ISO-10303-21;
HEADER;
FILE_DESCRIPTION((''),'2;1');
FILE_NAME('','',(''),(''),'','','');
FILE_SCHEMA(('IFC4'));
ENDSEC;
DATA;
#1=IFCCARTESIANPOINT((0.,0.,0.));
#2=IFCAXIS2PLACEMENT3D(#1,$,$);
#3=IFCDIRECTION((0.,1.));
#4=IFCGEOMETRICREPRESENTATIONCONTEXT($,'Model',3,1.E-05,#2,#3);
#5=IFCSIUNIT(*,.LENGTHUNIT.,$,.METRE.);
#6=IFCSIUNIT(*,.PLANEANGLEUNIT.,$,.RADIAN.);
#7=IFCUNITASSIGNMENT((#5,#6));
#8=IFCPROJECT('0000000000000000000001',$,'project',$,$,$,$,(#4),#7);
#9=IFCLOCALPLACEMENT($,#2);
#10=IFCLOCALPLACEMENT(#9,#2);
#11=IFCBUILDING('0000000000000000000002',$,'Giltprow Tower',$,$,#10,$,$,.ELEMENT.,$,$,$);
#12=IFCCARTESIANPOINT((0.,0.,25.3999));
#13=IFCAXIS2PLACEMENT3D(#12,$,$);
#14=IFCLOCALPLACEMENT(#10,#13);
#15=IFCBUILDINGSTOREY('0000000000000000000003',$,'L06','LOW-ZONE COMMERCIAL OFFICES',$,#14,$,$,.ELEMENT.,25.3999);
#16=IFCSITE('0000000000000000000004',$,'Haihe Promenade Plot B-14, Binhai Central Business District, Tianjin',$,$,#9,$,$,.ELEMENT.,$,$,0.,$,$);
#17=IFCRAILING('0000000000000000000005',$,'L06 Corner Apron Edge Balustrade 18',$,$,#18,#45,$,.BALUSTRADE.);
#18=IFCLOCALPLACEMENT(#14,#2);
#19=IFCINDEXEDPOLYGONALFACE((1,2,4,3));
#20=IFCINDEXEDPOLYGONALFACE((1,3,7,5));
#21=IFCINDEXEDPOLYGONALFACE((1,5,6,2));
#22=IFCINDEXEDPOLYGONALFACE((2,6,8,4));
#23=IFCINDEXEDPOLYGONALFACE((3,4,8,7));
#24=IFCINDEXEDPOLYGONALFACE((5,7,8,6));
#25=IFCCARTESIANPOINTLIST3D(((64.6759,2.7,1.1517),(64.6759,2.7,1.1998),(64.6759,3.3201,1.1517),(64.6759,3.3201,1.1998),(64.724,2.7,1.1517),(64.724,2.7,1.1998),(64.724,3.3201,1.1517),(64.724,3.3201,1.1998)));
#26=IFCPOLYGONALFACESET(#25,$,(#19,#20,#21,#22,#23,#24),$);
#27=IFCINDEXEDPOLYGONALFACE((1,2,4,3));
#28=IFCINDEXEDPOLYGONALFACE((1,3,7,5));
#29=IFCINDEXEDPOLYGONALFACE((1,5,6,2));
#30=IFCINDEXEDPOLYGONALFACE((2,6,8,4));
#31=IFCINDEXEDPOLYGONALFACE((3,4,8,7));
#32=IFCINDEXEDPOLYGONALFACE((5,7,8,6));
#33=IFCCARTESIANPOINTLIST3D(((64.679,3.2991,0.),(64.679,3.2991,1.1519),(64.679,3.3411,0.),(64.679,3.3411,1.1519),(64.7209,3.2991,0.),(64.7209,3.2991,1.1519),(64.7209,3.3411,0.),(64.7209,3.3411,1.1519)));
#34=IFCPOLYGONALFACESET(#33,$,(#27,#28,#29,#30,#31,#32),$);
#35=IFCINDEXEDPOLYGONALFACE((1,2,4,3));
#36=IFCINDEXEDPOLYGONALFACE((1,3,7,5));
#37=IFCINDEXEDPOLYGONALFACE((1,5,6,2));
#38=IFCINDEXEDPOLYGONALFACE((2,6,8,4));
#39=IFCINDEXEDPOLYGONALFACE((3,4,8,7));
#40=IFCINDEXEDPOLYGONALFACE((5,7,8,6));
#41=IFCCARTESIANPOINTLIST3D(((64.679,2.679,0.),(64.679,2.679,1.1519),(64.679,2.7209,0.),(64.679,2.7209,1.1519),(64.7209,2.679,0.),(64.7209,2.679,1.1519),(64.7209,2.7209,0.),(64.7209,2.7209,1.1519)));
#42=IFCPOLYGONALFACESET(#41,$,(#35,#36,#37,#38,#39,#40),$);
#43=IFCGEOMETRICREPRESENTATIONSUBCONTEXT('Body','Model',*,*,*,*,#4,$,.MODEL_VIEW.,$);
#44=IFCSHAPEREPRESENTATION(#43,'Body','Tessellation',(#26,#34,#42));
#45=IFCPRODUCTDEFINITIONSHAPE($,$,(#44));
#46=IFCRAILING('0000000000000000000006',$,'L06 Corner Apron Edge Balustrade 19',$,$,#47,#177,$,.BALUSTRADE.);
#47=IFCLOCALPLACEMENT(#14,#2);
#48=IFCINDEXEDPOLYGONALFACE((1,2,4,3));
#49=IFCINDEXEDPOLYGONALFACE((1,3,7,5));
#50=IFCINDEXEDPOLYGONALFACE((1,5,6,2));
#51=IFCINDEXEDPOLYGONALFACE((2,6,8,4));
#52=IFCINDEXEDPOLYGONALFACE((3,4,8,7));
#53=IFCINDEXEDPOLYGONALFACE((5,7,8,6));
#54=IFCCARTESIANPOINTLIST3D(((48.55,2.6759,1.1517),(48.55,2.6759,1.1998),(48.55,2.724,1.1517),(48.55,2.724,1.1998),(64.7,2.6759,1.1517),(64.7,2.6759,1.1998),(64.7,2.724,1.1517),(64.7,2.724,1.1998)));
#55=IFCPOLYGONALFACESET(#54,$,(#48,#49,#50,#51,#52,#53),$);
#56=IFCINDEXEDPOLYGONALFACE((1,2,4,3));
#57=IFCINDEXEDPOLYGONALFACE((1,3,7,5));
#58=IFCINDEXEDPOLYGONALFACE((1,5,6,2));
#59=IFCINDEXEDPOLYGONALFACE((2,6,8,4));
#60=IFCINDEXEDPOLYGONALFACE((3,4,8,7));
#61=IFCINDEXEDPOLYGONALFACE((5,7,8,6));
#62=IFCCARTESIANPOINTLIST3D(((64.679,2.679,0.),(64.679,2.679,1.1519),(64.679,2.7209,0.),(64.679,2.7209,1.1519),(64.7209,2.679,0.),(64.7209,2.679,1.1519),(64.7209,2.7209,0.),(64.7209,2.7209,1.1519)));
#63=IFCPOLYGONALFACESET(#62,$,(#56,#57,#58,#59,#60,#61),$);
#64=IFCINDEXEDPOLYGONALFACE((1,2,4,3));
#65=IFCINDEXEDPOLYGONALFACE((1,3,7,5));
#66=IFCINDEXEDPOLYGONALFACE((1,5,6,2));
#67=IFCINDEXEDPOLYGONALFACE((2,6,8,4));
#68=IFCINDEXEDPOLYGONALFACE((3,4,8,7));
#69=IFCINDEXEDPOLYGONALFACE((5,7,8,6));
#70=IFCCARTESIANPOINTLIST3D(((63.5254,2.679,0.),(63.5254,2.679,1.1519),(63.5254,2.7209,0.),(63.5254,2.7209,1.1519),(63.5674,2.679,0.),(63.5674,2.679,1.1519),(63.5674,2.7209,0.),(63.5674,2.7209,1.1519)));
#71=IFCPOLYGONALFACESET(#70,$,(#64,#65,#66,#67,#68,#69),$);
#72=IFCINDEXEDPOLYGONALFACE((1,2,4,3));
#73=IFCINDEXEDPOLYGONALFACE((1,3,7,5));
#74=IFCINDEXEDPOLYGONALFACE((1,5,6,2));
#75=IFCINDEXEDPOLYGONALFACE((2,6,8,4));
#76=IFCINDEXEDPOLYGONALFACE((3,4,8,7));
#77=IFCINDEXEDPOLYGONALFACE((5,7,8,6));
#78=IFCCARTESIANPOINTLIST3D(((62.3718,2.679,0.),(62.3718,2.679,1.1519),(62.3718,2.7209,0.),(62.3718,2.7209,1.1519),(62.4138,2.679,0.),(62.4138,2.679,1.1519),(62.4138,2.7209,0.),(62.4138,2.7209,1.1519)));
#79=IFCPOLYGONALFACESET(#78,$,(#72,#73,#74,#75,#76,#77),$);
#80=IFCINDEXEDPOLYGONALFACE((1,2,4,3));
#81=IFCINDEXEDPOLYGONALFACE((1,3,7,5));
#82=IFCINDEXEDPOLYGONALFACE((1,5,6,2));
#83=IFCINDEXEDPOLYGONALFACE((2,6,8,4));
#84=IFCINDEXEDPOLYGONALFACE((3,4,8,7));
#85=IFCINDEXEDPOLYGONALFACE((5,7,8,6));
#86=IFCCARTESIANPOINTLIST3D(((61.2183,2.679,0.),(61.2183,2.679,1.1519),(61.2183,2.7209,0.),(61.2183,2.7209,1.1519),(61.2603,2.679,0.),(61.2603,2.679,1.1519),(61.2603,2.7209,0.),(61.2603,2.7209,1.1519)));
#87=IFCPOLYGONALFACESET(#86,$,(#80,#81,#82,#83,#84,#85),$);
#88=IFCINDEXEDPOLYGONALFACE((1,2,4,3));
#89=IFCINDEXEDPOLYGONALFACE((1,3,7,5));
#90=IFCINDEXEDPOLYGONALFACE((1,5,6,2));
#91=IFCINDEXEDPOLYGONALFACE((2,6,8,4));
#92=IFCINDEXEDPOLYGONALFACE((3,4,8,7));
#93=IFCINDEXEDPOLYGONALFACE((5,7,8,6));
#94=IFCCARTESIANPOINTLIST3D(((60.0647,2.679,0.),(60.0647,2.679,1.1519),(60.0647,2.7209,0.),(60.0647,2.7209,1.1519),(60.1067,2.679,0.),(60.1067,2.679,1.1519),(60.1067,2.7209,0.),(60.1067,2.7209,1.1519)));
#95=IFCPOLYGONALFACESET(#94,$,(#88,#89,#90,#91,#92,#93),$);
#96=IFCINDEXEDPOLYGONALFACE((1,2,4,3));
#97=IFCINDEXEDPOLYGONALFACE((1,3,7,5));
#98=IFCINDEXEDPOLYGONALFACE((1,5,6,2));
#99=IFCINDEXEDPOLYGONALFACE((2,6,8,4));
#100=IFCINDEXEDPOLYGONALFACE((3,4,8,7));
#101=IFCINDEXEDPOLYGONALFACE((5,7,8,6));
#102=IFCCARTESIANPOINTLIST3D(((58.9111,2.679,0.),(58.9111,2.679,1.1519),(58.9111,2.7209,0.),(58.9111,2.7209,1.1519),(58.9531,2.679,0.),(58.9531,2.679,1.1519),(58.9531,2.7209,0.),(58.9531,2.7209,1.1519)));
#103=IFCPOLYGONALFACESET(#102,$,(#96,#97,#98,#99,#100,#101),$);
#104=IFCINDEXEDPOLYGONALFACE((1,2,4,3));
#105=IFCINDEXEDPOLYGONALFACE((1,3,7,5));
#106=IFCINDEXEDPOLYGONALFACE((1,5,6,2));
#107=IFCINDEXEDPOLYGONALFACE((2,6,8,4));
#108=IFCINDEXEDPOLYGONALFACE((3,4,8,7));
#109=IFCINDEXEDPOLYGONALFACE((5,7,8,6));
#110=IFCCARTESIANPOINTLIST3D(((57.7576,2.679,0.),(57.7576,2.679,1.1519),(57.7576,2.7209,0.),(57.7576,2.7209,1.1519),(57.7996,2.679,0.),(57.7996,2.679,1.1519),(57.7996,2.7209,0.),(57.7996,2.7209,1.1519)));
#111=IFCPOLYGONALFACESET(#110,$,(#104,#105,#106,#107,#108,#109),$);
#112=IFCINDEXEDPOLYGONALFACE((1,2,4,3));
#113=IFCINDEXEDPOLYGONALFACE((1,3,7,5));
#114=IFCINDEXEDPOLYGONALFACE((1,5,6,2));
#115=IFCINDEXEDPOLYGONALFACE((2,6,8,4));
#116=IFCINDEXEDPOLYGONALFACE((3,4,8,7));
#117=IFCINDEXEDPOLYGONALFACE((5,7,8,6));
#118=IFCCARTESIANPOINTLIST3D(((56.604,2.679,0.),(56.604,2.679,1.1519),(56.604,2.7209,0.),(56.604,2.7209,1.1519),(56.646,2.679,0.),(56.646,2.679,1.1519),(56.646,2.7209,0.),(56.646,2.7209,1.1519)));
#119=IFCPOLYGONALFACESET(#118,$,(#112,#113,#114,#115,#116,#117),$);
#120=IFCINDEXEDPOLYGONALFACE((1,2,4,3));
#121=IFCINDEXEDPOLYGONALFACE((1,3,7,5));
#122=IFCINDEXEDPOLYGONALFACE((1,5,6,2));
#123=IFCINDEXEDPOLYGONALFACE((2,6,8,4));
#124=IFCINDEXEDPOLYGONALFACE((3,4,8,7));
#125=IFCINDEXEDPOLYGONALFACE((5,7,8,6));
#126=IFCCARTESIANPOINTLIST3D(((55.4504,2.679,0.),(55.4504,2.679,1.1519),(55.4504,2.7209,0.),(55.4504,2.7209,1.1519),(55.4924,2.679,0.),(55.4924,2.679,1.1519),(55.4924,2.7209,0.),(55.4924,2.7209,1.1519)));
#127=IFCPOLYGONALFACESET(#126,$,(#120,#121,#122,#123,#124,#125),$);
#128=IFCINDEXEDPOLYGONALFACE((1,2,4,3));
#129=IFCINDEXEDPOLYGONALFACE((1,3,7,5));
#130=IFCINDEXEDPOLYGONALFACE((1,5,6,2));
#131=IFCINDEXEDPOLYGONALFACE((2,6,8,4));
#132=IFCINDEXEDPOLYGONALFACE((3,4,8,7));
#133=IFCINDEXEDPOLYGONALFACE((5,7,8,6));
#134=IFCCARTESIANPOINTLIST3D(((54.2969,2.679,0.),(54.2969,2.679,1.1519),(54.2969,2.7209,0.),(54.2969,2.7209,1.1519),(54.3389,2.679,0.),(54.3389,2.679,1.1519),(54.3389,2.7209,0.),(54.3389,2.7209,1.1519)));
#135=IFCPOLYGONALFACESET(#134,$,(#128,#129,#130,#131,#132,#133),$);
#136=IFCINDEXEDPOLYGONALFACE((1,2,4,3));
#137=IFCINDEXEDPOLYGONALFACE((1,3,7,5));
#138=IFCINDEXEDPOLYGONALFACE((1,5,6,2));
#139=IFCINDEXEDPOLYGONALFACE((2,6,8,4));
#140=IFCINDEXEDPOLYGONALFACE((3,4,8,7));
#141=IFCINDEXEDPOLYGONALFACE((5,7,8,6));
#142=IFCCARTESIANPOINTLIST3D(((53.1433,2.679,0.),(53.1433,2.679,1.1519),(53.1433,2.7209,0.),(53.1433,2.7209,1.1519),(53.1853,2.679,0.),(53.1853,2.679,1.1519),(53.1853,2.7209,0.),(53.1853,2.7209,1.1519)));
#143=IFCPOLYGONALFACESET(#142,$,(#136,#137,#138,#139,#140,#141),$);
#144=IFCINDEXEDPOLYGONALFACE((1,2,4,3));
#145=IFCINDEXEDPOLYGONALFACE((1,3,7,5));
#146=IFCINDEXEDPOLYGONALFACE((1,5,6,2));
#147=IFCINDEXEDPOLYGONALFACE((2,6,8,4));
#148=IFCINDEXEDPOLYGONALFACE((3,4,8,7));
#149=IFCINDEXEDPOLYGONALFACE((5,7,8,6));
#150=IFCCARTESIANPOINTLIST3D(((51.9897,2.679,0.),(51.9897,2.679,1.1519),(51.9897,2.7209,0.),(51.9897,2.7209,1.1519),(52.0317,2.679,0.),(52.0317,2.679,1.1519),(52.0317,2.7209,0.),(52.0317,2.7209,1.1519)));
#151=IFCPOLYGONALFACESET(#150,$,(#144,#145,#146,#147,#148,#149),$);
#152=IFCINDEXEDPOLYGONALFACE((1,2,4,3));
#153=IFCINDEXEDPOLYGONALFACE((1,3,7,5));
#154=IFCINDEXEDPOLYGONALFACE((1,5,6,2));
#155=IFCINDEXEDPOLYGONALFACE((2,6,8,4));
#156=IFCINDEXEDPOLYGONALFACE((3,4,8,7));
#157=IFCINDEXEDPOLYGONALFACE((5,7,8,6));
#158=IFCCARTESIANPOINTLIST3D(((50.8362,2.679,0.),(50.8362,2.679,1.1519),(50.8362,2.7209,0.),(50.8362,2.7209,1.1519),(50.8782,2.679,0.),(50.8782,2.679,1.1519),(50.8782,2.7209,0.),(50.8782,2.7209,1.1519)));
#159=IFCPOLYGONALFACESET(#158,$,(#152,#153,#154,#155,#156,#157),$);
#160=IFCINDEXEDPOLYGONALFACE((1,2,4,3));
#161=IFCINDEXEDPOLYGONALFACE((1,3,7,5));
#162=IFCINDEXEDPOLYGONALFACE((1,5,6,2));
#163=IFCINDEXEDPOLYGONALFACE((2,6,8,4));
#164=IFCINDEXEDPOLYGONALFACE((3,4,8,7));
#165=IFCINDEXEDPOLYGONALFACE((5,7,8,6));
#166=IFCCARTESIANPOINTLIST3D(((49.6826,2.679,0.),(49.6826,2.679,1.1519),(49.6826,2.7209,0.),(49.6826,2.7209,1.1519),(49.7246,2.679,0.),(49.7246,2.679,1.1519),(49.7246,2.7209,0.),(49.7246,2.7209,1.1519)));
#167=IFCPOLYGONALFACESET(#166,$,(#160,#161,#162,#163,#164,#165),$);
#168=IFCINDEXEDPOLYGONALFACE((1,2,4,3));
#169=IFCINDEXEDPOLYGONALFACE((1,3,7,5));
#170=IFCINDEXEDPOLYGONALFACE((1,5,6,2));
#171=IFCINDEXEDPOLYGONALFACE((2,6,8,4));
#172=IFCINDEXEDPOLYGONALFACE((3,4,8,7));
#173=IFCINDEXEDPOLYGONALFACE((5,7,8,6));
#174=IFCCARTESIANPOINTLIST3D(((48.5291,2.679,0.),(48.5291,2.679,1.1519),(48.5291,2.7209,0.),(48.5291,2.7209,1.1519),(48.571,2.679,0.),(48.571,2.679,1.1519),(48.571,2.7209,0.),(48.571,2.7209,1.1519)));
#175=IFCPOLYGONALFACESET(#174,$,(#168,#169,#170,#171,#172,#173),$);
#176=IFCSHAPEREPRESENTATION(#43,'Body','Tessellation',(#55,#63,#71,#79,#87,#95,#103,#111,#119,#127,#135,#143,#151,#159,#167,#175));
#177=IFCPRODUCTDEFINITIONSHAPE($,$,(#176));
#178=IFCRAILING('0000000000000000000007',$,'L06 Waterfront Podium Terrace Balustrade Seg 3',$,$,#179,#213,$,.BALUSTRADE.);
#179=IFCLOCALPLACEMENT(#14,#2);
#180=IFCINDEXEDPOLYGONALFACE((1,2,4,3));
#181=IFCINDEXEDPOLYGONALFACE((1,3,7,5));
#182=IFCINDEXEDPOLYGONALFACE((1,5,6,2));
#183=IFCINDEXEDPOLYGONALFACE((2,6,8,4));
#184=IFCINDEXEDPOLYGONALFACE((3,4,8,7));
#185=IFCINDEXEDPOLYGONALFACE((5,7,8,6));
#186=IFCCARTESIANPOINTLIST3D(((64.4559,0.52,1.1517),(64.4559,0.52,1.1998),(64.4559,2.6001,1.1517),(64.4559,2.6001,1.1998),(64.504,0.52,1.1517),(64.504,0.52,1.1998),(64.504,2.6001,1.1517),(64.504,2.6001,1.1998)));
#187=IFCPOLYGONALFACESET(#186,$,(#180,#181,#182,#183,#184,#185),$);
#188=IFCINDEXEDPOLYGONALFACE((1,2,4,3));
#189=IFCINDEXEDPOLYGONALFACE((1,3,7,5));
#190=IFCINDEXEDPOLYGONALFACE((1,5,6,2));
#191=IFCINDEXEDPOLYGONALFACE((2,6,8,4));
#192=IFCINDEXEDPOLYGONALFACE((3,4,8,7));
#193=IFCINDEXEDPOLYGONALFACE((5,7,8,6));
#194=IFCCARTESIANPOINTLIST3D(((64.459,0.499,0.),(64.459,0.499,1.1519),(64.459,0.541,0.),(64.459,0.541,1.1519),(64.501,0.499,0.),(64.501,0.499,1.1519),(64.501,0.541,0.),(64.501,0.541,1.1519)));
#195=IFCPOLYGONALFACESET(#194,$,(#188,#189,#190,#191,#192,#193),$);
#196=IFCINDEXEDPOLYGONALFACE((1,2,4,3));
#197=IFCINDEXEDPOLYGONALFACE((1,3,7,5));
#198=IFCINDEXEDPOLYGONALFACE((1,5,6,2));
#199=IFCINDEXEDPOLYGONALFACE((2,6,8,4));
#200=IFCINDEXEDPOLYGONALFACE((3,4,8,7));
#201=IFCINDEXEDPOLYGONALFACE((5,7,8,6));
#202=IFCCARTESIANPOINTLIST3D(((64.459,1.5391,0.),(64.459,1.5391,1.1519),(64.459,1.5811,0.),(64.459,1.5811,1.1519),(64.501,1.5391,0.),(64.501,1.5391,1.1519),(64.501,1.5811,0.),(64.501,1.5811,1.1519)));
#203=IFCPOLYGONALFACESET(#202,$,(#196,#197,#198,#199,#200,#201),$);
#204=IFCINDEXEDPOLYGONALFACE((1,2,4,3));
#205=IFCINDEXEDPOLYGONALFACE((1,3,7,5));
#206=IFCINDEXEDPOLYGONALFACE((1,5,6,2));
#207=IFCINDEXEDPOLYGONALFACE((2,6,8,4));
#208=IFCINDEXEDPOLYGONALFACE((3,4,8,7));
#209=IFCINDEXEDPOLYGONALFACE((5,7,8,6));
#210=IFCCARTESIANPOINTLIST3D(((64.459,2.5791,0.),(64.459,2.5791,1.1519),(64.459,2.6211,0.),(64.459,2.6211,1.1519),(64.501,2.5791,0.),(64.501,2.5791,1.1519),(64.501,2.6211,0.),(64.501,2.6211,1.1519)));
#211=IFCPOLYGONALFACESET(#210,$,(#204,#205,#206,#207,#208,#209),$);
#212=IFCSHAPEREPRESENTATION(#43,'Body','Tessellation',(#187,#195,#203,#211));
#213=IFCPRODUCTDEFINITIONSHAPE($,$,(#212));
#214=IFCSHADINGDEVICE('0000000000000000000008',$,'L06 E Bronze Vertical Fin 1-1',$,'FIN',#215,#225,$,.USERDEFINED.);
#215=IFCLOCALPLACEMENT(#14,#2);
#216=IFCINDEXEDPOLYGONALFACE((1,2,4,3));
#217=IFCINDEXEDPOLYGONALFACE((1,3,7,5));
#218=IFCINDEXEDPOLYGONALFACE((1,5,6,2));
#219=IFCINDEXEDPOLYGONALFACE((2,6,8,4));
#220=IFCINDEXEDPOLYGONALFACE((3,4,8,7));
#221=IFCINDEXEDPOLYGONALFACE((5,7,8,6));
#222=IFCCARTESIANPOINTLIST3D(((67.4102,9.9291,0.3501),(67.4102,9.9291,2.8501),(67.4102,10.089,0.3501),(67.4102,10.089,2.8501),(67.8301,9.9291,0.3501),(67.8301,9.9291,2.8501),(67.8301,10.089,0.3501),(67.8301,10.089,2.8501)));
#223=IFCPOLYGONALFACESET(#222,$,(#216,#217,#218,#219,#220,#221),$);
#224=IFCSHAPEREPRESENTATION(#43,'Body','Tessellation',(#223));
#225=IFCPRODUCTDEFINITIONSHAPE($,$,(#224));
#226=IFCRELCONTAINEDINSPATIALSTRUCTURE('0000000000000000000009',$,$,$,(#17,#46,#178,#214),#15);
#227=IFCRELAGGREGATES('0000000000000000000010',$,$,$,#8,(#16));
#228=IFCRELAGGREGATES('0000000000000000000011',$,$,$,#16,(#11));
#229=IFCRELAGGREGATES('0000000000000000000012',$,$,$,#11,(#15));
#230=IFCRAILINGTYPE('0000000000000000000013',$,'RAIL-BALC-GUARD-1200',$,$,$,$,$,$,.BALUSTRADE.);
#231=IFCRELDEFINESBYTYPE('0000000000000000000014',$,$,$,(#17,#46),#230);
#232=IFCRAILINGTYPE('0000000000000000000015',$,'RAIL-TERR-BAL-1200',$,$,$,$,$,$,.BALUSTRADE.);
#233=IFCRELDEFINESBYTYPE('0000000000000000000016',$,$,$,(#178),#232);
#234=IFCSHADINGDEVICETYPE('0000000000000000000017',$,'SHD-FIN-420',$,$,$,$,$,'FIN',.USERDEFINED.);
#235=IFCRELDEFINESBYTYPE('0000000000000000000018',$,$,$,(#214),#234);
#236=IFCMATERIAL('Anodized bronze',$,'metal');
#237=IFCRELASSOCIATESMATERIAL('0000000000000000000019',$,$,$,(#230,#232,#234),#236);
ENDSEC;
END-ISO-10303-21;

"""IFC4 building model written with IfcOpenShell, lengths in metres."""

from ifc_helpers import new_model, si_unit, direction, frame, origin, origin_2d, place, context, subcontext, project, spatial, rectangle, extrude, source, transform, mapped, material, type_object, element, save


model = new_model("IFC4")

# Units and contexts
model_context = context("Model", 3, precision=1e-05, world=origin(), true_north=direction((0.0, 1.0)))
body_context = subcontext(model_context, "Body", "Model", "MODEL_VIEW")
ifc_project = project(units=[si_unit("LENGTHUNIT", "METRE"), si_unit("PLANEANGLEUNIT", "RADIAN")], contexts=[model_context])

# Site, building, storey
site_placement = place(None, origin())
site = spatial("IfcSite", under=ifc_project, at=site_placement, Name="Haihe Promenade Plot B-14, Binhai Central Business District, Tianjin", CompositionType="ELEMENT", RefElevation=0.0)
building_placement = place(site_placement, origin())
building = spatial("IfcBuilding", under=site, at=building_placement, Name="Giltprow Tower", CompositionType="ELEMENT")
storey_placement = place(building_placement, frame((0.0, 0.0, 25.3999)))
storey = spatial("IfcBuildingStorey", under=building, at=storey_placement, Name="L06", Description="LOW-ZONE COMMERCIAL OFFICES", CompositionType="ELEMENT", Elevation=25.3999)

# Shared definitions
ifc_material_1 = material(Name="Anodized bronze", Category="metal")

# Railings
railing_type_1 = type_object("IfcRailingType", Name="RAIL-BALC-GUARD-1200", PredefinedType="BALUSTRADE", material=ifc_material_1)
railing_1_placement = place(storey_placement, frame((64.7, 3.3201, 0.0)))
element("IfcRailing", 1, at=railing_1_placement, inside=storey, type_object=railing_type_1, Name="L06 Corner Apron Edge Balustrade 18", PredefinedType="BALUSTRADE", context=body_context, shape_type="SweptSolid", body=[
    extrude(rectangle(XDim=0.0481, YDim=0.0481, at=origin_2d()), frame((0.0, 0.0, 1.1758), z_axis=(0.0, -1.0, 0.0), x_axis=(1.0, 0.0, 0.0)), (0.0, 0.0, 1.0), 0.6201),
    extrude(rectangle(XDim=0.042, YDim=0.042, at=origin_2d()), origin(), (0.0, 0.0, 1.0), 1.1519),
    extrude(rectangle(XDim=0.042, YDim=0.042, at=origin_2d()), frame((0.0, -0.6201, 0.0)), (0.0, 0.0, 1.0), 1.1519),
])
railing_2_placement = place(storey_placement, frame((64.7, 2.7, 0.0)))
element("IfcRailing", 2, at=railing_2_placement, inside=storey, type_object=railing_type_1, Name="L06 Corner Apron Edge Balustrade 19", PredefinedType="BALUSTRADE", context=body_context, shape_type="SweptSolid", body=[
    extrude(rectangle(XDim=0.0481, YDim=0.0481, at=origin_2d()), frame((0.0, 0.0, 1.1758), z_axis=(-1.0, 0.0, 0.0), x_axis=(0.0, -1.0, 0.0)), (0.0, 0.0, 1.0), 16.1499),
    extrude(rectangle(XDim=0.042, YDim=0.042, at=origin_2d()), origin(), (0.0, 0.0, 1.0), 1.1519),
    extrude(rectangle(XDim=0.042, YDim=0.042, at=origin_2d()), frame((-1.1536, 0.0, 0.0)), (0.0, 0.0, 1.0), 1.1519),
    extrude(rectangle(XDim=0.042, YDim=0.042, at=origin_2d()), frame((-2.3071, 0.0, 0.0)), (0.0, 0.0, 1.0), 1.1519),
    extrude(rectangle(XDim=0.042, YDim=0.042, at=origin_2d()), frame((-3.4607, 0.0, 0.0)), (0.0, 0.0, 1.0), 1.1519),
    extrude(rectangle(XDim=0.042, YDim=0.042, at=origin_2d()), frame((-4.6143, 0.0, 0.0)), (0.0, 0.0, 1.0), 1.1519),
    extrude(rectangle(XDim=0.042, YDim=0.042, at=origin_2d()), frame((-5.7678, 0.0, 0.0)), (0.0, 0.0, 1.0), 1.1519),
    extrude(rectangle(XDim=0.042, YDim=0.042, at=origin_2d()), frame((-6.9214, 0.0, 0.0)), (0.0, 0.0, 1.0), 1.1519),
    extrude(rectangle(XDim=0.042, YDim=0.042, at=origin_2d()), frame((-8.075, 0.0, 0.0)), (0.0, 0.0, 1.0), 1.1519),
    extrude(rectangle(XDim=0.042, YDim=0.042, at=origin_2d()), frame((-9.2285, 0.0, 0.0)), (0.0, 0.0, 1.0), 1.1519),
    extrude(rectangle(XDim=0.042, YDim=0.042, at=origin_2d()), frame((-10.3821, 0.0, 0.0)), (0.0, 0.0, 1.0), 1.1519),
    extrude(rectangle(XDim=0.042, YDim=0.042, at=origin_2d()), frame((-11.5356, 0.0, 0.0)), (0.0, 0.0, 1.0), 1.1519),
    extrude(rectangle(XDim=0.042, YDim=0.042, at=origin_2d()), frame((-12.6892, 0.0, 0.0)), (0.0, 0.0, 1.0), 1.1519),
    extrude(rectangle(XDim=0.042, YDim=0.042, at=origin_2d()), frame((-13.8428, 0.0, 0.0)), (0.0, 0.0, 1.0), 1.1519),
    extrude(rectangle(XDim=0.042, YDim=0.042, at=origin_2d()), frame((-14.9963, 0.0, 0.0)), (0.0, 0.0, 1.0), 1.1519),
    extrude(rectangle(XDim=0.042, YDim=0.042, at=origin_2d()), frame((-16.1499, 0.0, 0.0)), (0.0, 0.0, 1.0), 1.1519),
])
railing_type_2 = type_object("IfcRailingType", Name="RAIL-TERR-BAL-1200", PredefinedType="BALUSTRADE", material=ifc_material_1)
railing_3_placement = place(storey_placement, frame((64.48, 0.52, 0.0)))
element("IfcRailing", 3, at=railing_3_placement, inside=storey, type_object=railing_type_2, Name="L06 Waterfront Podium Terrace Balustrade Seg 3", PredefinedType="BALUSTRADE", context=body_context, shape_type="SweptSolid", body=[
    extrude(rectangle(XDim=0.0481, YDim=0.0481, at=origin_2d()), frame((0.0, 0.0, 1.1758), z_axis=(0.0, 1.0, 0.0), x_axis=(-1.0, 0.0, 0.0)), (0.0, 0.0, 1.0), 2.0801),
    extrude(rectangle(XDim=0.042, YDim=0.042, at=origin_2d()), origin(), (0.0, 0.0, 1.0), 1.1519),
    extrude(rectangle(XDim=0.042, YDim=0.042, at=origin_2d()), frame((0.0, 1.04, 0.0)), (0.0, 0.0, 1.0), 1.1519),
    extrude(rectangle(XDim=0.042, YDim=0.042, at=origin_2d()), frame((0.0, 2.0801, 0.0)), (0.0, 0.0, 1.0), 1.1519),
])

# Shading device
shading_device_type = type_object("IfcShadingDeviceType", Name="SHD-FIN-420", ElementType="FIN", PredefinedType="USERDEFINED", material=ifc_material_1)
shared_shape_1 = source(origin(), body_context, "Body", "SweptSolid", [
    extrude(rectangle(XDim=0.4199, YDim=0.1599, at=origin_2d()), origin(), (0.0, 0.0, 1.0), 2.5),
])
shading_device_placement = place(storey_placement, frame((67.6201, 10.009, 0.3501), z_axis=(0.0, 0.0, 1.0), x_axis=(1.0, 0.0, 0.0)))
element("IfcShadingDevice", 4, at=shading_device_placement, inside=storey, type_object=shading_device_type, Name="L06 E Bronze Vertical Fin 1-1", ObjectType="FIN", PredefinedType="USERDEFINED", context=body_context, shape_type="MappedRepresentation", body=[
    mapped(shared_shape_1, transform((0.0, 0.0, 0.0), x_axis=(1.0, 0.0, 0.0), y_axis=(0.0, 1.0, 0.0), z_axis=(0.0, 0.0, 1.0), scale=1.0)),
])

save(model, "model.ifc")
